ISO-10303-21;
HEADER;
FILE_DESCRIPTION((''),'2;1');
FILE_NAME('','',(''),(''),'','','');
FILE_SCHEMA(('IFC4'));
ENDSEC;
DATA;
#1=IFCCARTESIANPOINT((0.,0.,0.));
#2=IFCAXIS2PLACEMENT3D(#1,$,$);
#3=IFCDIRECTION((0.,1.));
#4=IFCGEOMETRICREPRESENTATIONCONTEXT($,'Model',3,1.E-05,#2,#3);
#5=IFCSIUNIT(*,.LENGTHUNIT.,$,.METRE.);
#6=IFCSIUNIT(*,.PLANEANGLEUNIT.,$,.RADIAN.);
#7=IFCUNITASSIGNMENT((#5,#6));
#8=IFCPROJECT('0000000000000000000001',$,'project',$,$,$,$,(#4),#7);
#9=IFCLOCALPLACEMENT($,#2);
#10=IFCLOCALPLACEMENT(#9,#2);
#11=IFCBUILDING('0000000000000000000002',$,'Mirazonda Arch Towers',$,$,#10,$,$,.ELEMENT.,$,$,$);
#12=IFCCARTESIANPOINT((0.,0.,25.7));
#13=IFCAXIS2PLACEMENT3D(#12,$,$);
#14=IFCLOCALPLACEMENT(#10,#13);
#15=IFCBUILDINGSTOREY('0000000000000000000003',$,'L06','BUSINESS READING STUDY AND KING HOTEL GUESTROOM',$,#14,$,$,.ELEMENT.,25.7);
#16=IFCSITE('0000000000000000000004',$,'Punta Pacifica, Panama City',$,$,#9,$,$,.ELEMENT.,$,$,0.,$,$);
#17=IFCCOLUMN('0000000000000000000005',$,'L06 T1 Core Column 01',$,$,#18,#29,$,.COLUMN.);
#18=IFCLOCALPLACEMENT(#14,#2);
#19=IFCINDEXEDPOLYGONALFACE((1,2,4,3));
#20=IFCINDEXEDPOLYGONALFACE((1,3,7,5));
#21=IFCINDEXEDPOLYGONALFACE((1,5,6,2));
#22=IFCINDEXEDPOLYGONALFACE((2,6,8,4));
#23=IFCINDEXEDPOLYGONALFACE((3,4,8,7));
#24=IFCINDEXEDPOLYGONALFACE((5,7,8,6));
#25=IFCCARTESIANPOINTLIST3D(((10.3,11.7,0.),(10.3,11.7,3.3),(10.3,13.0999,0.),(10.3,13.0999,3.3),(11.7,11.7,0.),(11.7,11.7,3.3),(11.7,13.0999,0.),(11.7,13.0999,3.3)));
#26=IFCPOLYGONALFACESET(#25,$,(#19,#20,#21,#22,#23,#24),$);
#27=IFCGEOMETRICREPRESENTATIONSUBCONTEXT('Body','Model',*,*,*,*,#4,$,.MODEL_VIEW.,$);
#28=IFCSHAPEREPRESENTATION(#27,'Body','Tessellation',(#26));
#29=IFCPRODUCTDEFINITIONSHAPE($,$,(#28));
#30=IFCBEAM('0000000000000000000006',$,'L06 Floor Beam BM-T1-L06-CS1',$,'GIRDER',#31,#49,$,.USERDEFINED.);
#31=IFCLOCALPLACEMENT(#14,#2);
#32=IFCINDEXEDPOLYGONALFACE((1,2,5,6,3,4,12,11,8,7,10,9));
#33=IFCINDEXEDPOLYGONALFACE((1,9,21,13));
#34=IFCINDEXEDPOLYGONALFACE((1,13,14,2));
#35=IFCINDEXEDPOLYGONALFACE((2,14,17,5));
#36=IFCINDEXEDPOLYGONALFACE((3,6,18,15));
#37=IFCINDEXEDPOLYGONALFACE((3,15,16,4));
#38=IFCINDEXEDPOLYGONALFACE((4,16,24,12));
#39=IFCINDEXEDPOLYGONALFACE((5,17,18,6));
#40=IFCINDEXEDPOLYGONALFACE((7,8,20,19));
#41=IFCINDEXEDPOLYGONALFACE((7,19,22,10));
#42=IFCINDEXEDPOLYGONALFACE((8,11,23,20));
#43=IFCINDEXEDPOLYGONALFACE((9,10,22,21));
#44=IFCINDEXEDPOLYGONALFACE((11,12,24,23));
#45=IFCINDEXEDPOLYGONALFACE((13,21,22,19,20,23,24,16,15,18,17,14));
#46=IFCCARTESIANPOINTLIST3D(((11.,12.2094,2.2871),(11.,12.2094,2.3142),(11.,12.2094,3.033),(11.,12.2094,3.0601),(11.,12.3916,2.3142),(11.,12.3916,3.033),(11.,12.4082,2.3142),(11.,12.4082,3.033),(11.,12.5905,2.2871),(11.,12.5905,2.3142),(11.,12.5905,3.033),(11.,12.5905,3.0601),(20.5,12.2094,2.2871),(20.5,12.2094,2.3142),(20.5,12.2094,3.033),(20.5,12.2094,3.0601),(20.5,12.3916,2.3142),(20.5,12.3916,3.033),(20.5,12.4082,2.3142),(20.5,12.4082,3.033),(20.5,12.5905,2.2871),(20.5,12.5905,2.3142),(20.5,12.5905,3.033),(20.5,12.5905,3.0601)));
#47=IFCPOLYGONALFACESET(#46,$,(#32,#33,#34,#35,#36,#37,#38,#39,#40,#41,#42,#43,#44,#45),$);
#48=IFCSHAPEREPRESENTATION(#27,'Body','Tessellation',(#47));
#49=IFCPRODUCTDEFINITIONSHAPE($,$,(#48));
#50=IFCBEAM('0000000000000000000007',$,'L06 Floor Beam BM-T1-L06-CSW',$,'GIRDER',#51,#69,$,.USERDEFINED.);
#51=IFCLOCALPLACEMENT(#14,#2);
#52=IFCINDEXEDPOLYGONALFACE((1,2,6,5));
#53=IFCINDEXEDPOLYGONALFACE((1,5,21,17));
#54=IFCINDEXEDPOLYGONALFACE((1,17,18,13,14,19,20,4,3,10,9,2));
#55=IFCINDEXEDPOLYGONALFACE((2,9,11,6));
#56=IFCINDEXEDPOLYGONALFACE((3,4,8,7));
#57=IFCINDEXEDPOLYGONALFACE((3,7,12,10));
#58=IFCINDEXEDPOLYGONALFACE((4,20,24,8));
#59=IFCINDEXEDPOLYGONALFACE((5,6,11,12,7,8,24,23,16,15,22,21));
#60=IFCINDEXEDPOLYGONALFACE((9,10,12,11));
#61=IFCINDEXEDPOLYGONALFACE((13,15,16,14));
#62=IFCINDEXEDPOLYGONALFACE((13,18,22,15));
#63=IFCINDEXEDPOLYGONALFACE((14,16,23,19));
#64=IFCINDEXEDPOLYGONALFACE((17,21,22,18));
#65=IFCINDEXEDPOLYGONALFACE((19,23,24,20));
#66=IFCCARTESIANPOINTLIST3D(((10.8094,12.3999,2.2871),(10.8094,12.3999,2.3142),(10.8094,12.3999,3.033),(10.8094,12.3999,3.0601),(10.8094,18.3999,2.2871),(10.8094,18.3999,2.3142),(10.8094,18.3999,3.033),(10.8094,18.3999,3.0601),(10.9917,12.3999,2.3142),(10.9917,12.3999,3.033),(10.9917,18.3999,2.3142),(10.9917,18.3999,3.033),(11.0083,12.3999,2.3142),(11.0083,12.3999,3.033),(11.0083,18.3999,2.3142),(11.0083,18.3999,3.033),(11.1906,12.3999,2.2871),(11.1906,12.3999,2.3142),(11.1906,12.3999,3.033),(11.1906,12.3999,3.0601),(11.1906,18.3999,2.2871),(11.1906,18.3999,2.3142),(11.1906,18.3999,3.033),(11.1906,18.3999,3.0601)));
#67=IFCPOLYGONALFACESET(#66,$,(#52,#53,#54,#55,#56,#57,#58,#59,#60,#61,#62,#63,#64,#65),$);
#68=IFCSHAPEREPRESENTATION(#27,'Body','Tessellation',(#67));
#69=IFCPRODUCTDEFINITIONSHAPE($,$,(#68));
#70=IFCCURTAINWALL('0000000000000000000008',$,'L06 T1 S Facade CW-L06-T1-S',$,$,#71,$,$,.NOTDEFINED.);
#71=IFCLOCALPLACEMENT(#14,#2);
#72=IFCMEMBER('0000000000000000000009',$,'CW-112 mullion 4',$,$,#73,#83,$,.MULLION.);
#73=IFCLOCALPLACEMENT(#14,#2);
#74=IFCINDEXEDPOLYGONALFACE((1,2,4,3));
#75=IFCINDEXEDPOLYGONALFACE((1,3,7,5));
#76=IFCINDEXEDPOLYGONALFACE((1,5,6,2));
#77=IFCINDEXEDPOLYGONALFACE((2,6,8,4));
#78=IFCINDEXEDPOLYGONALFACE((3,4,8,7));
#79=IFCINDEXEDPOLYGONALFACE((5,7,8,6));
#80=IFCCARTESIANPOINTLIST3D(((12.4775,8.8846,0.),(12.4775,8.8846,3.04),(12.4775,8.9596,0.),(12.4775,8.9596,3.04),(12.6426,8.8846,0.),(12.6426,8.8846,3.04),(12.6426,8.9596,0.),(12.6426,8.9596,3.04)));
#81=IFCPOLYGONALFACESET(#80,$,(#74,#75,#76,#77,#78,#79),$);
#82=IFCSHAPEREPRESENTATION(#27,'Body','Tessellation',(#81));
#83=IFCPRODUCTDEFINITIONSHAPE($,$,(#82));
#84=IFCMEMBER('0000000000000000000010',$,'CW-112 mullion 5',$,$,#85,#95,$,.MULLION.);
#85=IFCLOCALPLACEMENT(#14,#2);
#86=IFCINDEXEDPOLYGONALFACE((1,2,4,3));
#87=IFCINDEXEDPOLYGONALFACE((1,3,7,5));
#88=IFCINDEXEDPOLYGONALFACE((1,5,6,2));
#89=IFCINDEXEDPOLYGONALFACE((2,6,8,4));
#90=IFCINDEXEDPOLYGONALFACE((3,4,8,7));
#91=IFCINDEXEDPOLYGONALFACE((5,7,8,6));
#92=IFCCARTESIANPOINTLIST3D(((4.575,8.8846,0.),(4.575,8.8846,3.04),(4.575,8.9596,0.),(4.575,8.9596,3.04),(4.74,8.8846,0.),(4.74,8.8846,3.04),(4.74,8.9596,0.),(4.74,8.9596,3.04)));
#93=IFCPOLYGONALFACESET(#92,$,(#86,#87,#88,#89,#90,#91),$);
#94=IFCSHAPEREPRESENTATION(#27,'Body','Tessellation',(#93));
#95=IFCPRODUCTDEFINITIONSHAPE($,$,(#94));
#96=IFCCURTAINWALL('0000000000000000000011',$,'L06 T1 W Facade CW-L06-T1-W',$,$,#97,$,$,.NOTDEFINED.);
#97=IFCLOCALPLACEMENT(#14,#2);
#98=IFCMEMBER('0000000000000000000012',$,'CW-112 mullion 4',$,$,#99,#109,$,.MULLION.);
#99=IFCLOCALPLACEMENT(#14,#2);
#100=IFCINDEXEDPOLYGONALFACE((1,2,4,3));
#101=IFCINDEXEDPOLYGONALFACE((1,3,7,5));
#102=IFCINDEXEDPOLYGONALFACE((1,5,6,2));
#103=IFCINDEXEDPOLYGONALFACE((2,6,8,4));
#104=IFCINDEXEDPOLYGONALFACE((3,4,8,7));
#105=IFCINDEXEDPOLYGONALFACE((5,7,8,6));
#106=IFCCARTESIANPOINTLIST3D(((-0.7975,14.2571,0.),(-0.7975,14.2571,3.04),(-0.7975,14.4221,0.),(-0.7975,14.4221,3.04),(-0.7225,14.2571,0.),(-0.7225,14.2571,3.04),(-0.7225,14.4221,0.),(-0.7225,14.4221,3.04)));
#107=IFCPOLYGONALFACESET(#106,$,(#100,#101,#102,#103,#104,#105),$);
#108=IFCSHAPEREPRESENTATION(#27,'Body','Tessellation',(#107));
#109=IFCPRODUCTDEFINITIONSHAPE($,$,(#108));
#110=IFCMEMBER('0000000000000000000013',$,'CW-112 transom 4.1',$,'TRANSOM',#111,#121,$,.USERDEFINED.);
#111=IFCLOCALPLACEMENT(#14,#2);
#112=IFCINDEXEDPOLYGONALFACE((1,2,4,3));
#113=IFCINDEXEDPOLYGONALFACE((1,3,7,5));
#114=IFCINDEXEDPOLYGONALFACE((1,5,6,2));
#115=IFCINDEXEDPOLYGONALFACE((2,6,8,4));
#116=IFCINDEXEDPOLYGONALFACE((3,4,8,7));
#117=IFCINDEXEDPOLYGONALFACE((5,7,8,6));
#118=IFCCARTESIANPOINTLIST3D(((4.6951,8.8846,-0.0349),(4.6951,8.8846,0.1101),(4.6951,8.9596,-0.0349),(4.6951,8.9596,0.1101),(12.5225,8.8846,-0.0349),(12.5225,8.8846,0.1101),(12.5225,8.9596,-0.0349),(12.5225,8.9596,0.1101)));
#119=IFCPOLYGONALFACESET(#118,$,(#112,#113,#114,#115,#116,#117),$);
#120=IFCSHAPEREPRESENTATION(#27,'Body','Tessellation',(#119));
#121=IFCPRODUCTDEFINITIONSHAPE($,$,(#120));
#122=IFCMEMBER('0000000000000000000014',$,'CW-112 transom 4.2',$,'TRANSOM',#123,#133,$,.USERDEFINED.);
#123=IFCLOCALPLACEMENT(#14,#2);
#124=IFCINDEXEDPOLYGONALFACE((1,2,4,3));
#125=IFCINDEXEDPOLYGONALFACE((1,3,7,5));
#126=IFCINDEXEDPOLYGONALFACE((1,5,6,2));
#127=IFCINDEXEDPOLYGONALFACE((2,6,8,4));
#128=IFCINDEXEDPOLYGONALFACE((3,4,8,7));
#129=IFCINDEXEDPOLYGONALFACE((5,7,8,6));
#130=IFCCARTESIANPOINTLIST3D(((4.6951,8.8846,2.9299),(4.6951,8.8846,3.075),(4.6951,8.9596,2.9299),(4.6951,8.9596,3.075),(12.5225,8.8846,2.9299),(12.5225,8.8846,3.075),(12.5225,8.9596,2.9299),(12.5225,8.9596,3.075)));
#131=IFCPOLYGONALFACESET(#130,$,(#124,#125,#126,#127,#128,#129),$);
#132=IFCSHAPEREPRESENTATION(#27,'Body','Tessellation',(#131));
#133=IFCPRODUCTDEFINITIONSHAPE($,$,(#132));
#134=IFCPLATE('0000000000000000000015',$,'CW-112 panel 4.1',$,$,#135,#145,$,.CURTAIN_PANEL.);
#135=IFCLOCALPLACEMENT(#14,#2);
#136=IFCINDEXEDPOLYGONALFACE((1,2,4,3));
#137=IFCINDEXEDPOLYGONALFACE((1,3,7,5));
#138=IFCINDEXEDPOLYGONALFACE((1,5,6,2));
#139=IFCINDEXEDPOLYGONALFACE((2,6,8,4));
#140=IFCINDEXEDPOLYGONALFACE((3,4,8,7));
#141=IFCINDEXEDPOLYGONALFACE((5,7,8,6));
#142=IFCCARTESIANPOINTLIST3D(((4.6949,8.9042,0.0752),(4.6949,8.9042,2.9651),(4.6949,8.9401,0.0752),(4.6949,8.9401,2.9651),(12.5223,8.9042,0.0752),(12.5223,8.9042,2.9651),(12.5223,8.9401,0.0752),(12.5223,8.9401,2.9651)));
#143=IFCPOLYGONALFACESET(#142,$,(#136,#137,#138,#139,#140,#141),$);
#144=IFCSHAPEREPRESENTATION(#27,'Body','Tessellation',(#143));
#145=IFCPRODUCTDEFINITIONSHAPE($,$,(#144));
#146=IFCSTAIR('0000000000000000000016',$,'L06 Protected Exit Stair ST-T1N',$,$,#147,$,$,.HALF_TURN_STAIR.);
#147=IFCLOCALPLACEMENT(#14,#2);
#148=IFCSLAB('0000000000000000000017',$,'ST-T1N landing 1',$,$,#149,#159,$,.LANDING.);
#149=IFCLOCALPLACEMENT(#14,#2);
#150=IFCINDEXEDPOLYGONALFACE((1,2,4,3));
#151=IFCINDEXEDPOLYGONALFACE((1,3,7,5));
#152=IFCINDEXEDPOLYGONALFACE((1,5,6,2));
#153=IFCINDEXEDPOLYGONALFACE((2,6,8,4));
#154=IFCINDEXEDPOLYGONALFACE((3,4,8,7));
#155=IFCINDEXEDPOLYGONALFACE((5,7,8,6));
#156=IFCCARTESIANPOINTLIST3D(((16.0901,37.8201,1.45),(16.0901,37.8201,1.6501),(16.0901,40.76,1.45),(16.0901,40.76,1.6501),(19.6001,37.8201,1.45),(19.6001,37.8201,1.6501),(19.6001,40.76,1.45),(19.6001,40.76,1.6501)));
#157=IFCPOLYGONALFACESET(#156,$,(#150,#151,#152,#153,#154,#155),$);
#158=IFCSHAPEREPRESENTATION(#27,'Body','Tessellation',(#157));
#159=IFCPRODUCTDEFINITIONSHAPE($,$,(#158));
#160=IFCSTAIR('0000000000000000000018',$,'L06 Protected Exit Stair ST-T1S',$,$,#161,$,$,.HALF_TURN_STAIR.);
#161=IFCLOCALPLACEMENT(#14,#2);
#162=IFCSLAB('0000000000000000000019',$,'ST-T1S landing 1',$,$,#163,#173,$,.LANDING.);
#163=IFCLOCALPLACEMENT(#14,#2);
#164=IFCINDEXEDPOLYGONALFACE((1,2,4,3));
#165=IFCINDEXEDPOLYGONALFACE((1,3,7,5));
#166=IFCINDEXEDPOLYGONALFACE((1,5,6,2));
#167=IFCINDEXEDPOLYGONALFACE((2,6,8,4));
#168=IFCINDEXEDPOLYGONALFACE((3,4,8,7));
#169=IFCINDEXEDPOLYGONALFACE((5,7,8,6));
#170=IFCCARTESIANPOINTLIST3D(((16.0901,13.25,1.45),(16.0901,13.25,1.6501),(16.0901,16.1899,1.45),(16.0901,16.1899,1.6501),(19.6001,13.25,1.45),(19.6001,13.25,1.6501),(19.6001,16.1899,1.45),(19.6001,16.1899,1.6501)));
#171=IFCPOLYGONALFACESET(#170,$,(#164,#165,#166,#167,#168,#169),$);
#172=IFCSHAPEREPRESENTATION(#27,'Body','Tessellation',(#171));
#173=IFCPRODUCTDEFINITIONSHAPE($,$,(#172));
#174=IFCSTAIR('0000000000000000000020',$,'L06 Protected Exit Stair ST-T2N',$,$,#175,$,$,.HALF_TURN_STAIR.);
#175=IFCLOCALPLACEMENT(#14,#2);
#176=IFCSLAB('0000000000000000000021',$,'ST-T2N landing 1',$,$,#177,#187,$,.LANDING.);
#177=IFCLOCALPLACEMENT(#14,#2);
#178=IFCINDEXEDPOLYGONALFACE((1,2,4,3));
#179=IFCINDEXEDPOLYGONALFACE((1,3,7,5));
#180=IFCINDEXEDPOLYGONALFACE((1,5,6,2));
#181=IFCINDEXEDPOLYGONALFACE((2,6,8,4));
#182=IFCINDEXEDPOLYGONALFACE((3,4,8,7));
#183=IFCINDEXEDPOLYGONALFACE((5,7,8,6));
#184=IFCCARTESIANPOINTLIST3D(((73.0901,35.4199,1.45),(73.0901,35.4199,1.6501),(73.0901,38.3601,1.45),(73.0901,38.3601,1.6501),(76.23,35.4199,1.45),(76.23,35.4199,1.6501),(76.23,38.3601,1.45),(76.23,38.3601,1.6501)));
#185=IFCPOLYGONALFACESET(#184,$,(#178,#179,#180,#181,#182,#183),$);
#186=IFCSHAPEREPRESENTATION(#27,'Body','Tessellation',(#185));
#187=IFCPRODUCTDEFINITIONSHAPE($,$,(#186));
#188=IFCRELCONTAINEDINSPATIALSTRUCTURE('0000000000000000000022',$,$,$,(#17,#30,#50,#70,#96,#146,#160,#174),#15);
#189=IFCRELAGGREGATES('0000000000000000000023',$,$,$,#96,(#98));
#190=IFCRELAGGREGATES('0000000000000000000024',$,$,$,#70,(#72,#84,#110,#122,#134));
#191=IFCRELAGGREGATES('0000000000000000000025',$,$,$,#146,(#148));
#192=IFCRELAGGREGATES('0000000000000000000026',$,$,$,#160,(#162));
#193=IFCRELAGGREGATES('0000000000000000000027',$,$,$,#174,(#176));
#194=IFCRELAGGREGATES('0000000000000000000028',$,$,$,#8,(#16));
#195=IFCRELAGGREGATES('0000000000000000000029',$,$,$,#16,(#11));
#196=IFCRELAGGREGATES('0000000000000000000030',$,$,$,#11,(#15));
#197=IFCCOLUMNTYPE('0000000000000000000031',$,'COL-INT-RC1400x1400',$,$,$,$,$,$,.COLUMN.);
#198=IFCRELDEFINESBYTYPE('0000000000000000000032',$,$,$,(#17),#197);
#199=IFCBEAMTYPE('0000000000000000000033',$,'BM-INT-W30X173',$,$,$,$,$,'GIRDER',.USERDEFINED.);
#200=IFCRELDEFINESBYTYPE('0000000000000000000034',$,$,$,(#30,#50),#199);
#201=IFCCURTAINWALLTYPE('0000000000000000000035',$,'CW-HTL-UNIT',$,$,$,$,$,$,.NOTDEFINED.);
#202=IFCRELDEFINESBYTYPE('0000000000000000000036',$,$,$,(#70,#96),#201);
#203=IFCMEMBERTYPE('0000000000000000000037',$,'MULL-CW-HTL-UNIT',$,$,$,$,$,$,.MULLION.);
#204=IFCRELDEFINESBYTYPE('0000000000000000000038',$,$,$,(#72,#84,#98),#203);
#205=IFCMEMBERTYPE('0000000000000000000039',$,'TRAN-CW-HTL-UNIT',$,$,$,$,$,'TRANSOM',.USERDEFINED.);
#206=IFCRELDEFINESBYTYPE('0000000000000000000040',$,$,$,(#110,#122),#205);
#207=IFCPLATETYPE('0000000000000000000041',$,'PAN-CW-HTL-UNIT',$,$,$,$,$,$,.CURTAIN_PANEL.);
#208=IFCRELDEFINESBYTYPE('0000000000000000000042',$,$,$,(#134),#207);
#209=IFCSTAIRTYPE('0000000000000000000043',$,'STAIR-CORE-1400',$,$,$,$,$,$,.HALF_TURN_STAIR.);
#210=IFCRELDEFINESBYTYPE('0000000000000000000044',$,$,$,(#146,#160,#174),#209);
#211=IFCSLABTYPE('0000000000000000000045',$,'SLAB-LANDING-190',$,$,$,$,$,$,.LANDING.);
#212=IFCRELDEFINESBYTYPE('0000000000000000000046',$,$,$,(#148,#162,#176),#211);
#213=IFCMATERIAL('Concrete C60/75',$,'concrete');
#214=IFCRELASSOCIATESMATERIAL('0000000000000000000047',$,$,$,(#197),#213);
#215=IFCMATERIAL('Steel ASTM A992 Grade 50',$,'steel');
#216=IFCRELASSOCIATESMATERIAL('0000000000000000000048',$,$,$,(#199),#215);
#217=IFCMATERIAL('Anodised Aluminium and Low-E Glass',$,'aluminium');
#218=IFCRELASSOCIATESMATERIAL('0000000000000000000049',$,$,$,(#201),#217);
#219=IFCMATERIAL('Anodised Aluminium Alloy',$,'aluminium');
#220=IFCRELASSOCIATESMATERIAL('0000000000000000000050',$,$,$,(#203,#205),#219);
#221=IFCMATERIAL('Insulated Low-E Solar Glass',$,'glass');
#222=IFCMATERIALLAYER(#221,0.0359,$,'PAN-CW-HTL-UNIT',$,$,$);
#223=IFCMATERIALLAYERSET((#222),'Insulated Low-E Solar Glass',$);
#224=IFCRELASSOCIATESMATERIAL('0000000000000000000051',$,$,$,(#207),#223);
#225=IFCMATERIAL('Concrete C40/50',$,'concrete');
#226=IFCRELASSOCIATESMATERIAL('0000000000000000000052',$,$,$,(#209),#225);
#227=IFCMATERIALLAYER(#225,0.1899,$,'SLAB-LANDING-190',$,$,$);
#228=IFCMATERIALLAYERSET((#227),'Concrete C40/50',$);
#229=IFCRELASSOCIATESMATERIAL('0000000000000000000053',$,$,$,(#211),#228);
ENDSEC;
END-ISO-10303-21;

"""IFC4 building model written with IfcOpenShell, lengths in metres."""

from ifc_helpers import new_model, si_unit, direction, frame, origin, origin_2d, place, context, subcontext, project, spatial, polyline, rectangle, i_section, outline, extrude, material, layer, layer_set, material_profile, profile_set, type_object, element, aggregate, save


model = new_model("IFC4")

# Units and contexts
model_context = context("Model", 3, precision=1e-05, world=origin(), true_north=direction((0.0, 1.0)))
body_context = subcontext(model_context, "Body", "Model", "MODEL_VIEW")
ifc_project = project(units=[si_unit("LENGTHUNIT", "METRE"), si_unit("PLANEANGLEUNIT", "RADIAN")], contexts=[model_context])

# Site, building, storey
site_placement = place(None, origin())
site = spatial("IfcSite", under=ifc_project, at=site_placement, Name="Punta Pacifica, Panama City", CompositionType="ELEMENT", RefElevation=0.0)
building_placement = place(site_placement, origin())
building = spatial("IfcBuilding", under=site, at=building_placement, Name="Mirazonda Arch Towers", CompositionType="ELEMENT")
storey_placement = place(building_placement, frame((0.0, 0.0, 25.7)))
storey = spatial("IfcBuildingStorey", under=building, at=storey_placement, Name="L06", Description="BUSINESS READING STUDY AND KING HOTEL GUESTROOM", CompositionType="ELEMENT", Elevation=25.7)

# Column
ifc_material_1 = material(Name="Concrete C60/75", Category="concrete")
ifc_material_profile_1 = material_profile(ifc_material_1, rectangle(XDim=1.3999, YDim=1.3999, at=origin_2d()), Name="RC1400x1400")
ifc_profile_set_1 = profile_set([ifc_material_profile_1], Name="Concrete C60/75")
column_type = type_object("IfcColumnType", Name="COL-INT-RC1400x1400", PredefinedType="COLUMN", material=ifc_profile_set_1)
column_placement = place(storey_placement, frame((11.0, 12.3999, 0.0), z_axis=(0.0, 0.0, 1.0), x_axis=(1.0, 0.0, 0.0)))
element("IfcColumn", 1, at=column_placement, inside=storey, type_object=column_type, Name="L06 T1 Core Column 01", PredefinedType="COLUMN", context=body_context, shape_type="SweptSolid", body=[
    extrude(rectangle(XDim=1.3999, YDim=1.3999, at=origin_2d()), origin(), (0.0, 0.0, 1.0), 3.3),
])

# Beams
ifc_material_2 = material(Name="Steel ASTM A992 Grade 50", Category="steel")
ifc_material_profile_2 = material_profile(ifc_material_2, i_section(OverallWidth=0.3811, OverallDepth=0.7729, WebThickness=0.0166, FlangeThickness=0.0271, at=origin_2d()), Name="W30X173")
ifc_profile_set_2 = profile_set([ifc_material_profile_2], Name="Steel ASTM A992 Grade 50")
beam_type = type_object("IfcBeamType", Name="BM-INT-W30X173", ElementType="GIRDER", PredefinedType="USERDEFINED", material=ifc_profile_set_2)
beam_1_placement = place(storey_placement, frame((11.0, 12.3999, 2.6736), z_axis=(1.0, 0.0, 0.0), x_axis=(0.0, 1.0, 0.0)))
element("IfcBeam", 2, at=beam_1_placement, inside=storey, type_object=beam_type, Name="L06 Floor Beam BM-T1-L06-CS1", ObjectType="GIRDER", PredefinedType="USERDEFINED", context=body_context, shape_type="SweptSolid", body=[
    extrude(i_section(OverallWidth=0.3811, OverallDepth=0.7729, WebThickness=0.0166, FlangeThickness=0.0271, at=origin_2d()), origin(), (0.0, 0.0, 1.0), 9.5),
])
beam_2_placement = place(storey_placement, frame((11.0, 12.3999, 2.6736), z_axis=(0.0, 1.0, 0.0), x_axis=(-1.0, 0.0, 0.0)))
element("IfcBeam", 3, at=beam_2_placement, inside=storey, type_object=beam_type, Name="L06 Floor Beam BM-T1-L06-CSW", ObjectType="GIRDER", PredefinedType="USERDEFINED", context=body_context, shape_type="SweptSolid", body=[
    extrude(i_section(OverallWidth=0.3811, OverallDepth=0.7729, WebThickness=0.0166, FlangeThickness=0.0271, at=origin_2d()), origin(), (0.0, 0.0, 1.0), 6.0),
])

# Curtain wall, members
ifc_material_3 = material(Name="Anodised Aluminium and Low-E Glass", Category="aluminium")
curtain_wall_type = type_object("IfcCurtainWallType", Name="CW-HTL-UNIT", PredefinedType="NOTDEFINED", material=ifc_material_3)
curtain_wall_1_placement = place(storey_placement, origin())
curtain_wall_1 = element("IfcCurtainWall", 4, at=curtain_wall_1_placement, inside=storey, type_object=curtain_wall_type, Name="L06 T1 S Facade CW-L06-T1-S", PredefinedType="NOTDEFINED")
ifc_material_4 = material(Name="Anodised Aluminium Alloy", Category="aluminium")
ifc_material_profile_3 = material_profile(ifc_material_4, rectangle(XDim=0.075, YDim=0.165, at=origin_2d()), Name="ALU-MULL-75x165")
ifc_profile_set_3 = profile_set([ifc_material_profile_3], Name="Anodised Aluminium Alloy")
member_type_1 = type_object("IfcMemberType", Name="MULL-CW-HTL-UNIT", PredefinedType="MULLION", material=ifc_profile_set_3)
member_1_placement = place(storey_placement, frame((12.5601, 8.9221, 0.0), z_axis=(0.0, 0.0, 1.0), x_axis=(0.0, -1.0, 0.0)))
member_1 = element("IfcMember", 5, at=member_1_placement, type_object=member_type_1, Name="CW-112 mullion 4", PredefinedType="MULLION", context=body_context, shape_type="SweptSolid", body=[
    extrude(rectangle(XDim=0.075, YDim=0.165, at=origin_2d()), origin(), (0.0, 0.0, 1.0), 3.04),
])
member_2_placement = place(storey_placement, frame((4.6575, 8.9221, 0.0), z_axis=(0.0, 0.0, 1.0), x_axis=(0.0, -1.0, 0.0)))
member_2 = element("IfcMember", 6, at=member_2_placement, type_object=member_type_1, Name="CW-112 mullion 5", PredefinedType="MULLION", context=body_context, shape_type="SweptSolid", body=[
    extrude(rectangle(XDim=0.075, YDim=0.165, at=origin_2d()), origin(), (0.0, 0.0, 1.0), 3.04),
])

# Curtain wall, member
curtain_wall_2_placement = place(storey_placement, origin())
curtain_wall_2 = element("IfcCurtainWall", 7, at=curtain_wall_2_placement, inside=storey, type_object=curtain_wall_type, Name="L06 T1 W Facade CW-L06-T1-W", PredefinedType="NOTDEFINED")
member_3_placement = place(storey_placement, frame((-0.76, 14.3396, 0.0), z_axis=(0.0, 0.0, 1.0), x_axis=(1.0, 0.0, 0.0)))
member_3 = element("IfcMember", 8, at=member_3_placement, type_object=member_type_1, Name="CW-112 mullion 4", PredefinedType="MULLION", context=body_context, shape_type="SweptSolid", body=[
    extrude(rectangle(XDim=0.075, YDim=0.165, at=origin_2d()), origin(), (0.0, 0.0, 1.0), 3.04),
])
aggregate(curtain_wall_2, [member_3])

# Members
ifc_material_profile_4 = material_profile(ifc_material_4, rectangle(XDim=0.075, YDim=0.145, at=origin_2d()), Name="ALU-TRAN-75x145")
ifc_profile_set_4 = profile_set([ifc_material_profile_4], Name="Anodised Aluminium Alloy")
member_type_2 = type_object("IfcMemberType", Name="TRAN-CW-HTL-UNIT", ElementType="TRANSOM", PredefinedType="USERDEFINED", material=ifc_profile_set_4)
member_4_placement = place(storey_placement, frame((12.5225, 8.9221, 0.0376), z_axis=(-1.0, 0.0, 0.0), x_axis=(0.0, -1.0, 0.0)))
member_4 = element("IfcMember", 9, at=member_4_placement, type_object=member_type_2, Name="CW-112 transom 4.1", ObjectType="TRANSOM", PredefinedType="USERDEFINED", context=body_context, shape_type="SweptSolid", body=[
    extrude(rectangle(XDim=0.075, YDim=0.145, at=origin_2d()), origin(), (0.0, 0.0, 1.0), 7.8274),
])
member_5_placement = place(storey_placement, frame((12.5225, 8.9221, 3.0024), z_axis=(-1.0, 0.0, 0.0), x_axis=(0.0, -1.0, 0.0)))
member_5 = element("IfcMember", 10, at=member_5_placement, type_object=member_type_2, Name="CW-112 transom 4.2", ObjectType="TRANSOM", PredefinedType="USERDEFINED", context=body_context, shape_type="SweptSolid", body=[
    extrude(rectangle(XDim=0.075, YDim=0.145, at=origin_2d()), origin(), (0.0, 0.0, 1.0), 7.8274),
])

# Plate
ifc_material_5 = material(Name="Insulated Low-E Solar Glass", Category="glass")
ifc_layer_1 = layer(ifc_material_5, 0.0359, Name="PAN-CW-HTL-UNIT")
ifc_layer_set_1 = layer_set([ifc_layer_1], Name="Insulated Low-E Solar Glass")
plate_type = type_object("IfcPlateType", Name="PAN-CW-HTL-UNIT", PredefinedType="CURTAIN_PANEL", material=ifc_layer_set_1)
plate_placement = place(storey_placement, frame((8.6086, 8.9221, 0.0752), z_axis=(0.0, 0.0, 1.0), x_axis=(-1.0, 0.0, 0.0)))
plate = element("IfcPlate", 11, at=plate_placement, type_object=plate_type, Name="CW-112 panel 4.1", PredefinedType="CURTAIN_PANEL", context=body_context, shape_type="SweptSolid", body=[
    extrude(rectangle(XDim=7.8274, YDim=0.0359, at=origin_2d()), origin(), (0.0, 0.0, 1.0), 2.8899),
])
aggregate(curtain_wall_1, [member_1, member_2, member_4, member_5, plate])

# Stairs, slabs
ifc_material_6 = material(Name="Concrete C40/50", Category="concrete")
stair_type = type_object("IfcStairType", Name="STAIR-CORE-1400", PredefinedType="HALF_TURN_STAIR", material=ifc_material_6)
stair_1_placement = place(storey_placement, origin())
stair_1 = element("IfcStair", 12, at=stair_1_placement, inside=storey, type_object=stair_type, Name="L06 Protected Exit Stair ST-T1N", PredefinedType="HALF_TURN_STAIR")
ifc_layer_2 = layer(ifc_material_6, 0.1899, Name="SLAB-LANDING-190")
ifc_layer_set_2 = layer_set([ifc_layer_2], Name="Concrete C40/50")
slab_type_1 = type_object("IfcSlabType", Name="SLAB-LANDING-190", PredefinedType="LANDING", material=ifc_layer_set_2)
slab_1_placement = place(storey_placement, frame((0.0, 0.0, 1.45)))
slab_1 = element("IfcSlab", 13, at=slab_1_placement, type_object=slab_type_1, Name="ST-T1N landing 1", PredefinedType="LANDING", context=body_context, shape_type="SweptSolid", body=[
    extrude(outline(polyline([(16.0901, 37.8201), (19.6001, 37.8201), (19.6001, 40.76), (16.0901, 40.76), (16.0901, 37.8201)])), origin(), (0.0, 0.0, 1.0), 0.2002),
])
aggregate(stair_1, [slab_1])
stair_2_placement = place(storey_placement, origin())
stair_2 = element("IfcStair", 14, at=stair_2_placement, inside=storey, type_object=stair_type, Name="L06 Protected Exit Stair ST-T1S", PredefinedType="HALF_TURN_STAIR")
slab_2_placement = place(storey_placement, frame((0.0, 0.0, 1.45)))
slab_2 = element("IfcSlab", 15, at=slab_2_placement, type_object=slab_type_1, Name="ST-T1S landing 1", PredefinedType="LANDING", context=body_context, shape_type="SweptSolid", body=[
    extrude(outline(polyline([(16.0901, 13.25), (19.6001, 13.25), (19.6001, 16.1899), (16.0901, 16.1899), (16.0901, 13.25)])), origin(), (0.0, 0.0, 1.0), 0.2002),
])
aggregate(stair_2, [slab_2])
stair_3_placement = place(storey_placement, origin())
stair_3 = element("IfcStair", 16, at=stair_3_placement, inside=storey, type_object=stair_type, Name="L06 Protected Exit Stair ST-T2N", PredefinedType="HALF_TURN_STAIR")
slab_3_placement = place(storey_placement, frame((0.0, 0.0, 1.45)))
slab_3 = element("IfcSlab", 17, at=slab_3_placement, type_object=slab_type_1, Name="ST-T2N landing 1", PredefinedType="LANDING", context=body_context, shape_type="SweptSolid", body=[
    extrude(outline(polyline([(73.0901, 35.4199), (76.23, 35.4199), (76.23, 38.3601), (73.0901, 38.3601), (73.0901, 35.4199)])), origin(), (0.0, 0.0, 1.0), 0.2002),
])
aggregate(stair_3, [slab_3])

save(model, "model.ifc")
